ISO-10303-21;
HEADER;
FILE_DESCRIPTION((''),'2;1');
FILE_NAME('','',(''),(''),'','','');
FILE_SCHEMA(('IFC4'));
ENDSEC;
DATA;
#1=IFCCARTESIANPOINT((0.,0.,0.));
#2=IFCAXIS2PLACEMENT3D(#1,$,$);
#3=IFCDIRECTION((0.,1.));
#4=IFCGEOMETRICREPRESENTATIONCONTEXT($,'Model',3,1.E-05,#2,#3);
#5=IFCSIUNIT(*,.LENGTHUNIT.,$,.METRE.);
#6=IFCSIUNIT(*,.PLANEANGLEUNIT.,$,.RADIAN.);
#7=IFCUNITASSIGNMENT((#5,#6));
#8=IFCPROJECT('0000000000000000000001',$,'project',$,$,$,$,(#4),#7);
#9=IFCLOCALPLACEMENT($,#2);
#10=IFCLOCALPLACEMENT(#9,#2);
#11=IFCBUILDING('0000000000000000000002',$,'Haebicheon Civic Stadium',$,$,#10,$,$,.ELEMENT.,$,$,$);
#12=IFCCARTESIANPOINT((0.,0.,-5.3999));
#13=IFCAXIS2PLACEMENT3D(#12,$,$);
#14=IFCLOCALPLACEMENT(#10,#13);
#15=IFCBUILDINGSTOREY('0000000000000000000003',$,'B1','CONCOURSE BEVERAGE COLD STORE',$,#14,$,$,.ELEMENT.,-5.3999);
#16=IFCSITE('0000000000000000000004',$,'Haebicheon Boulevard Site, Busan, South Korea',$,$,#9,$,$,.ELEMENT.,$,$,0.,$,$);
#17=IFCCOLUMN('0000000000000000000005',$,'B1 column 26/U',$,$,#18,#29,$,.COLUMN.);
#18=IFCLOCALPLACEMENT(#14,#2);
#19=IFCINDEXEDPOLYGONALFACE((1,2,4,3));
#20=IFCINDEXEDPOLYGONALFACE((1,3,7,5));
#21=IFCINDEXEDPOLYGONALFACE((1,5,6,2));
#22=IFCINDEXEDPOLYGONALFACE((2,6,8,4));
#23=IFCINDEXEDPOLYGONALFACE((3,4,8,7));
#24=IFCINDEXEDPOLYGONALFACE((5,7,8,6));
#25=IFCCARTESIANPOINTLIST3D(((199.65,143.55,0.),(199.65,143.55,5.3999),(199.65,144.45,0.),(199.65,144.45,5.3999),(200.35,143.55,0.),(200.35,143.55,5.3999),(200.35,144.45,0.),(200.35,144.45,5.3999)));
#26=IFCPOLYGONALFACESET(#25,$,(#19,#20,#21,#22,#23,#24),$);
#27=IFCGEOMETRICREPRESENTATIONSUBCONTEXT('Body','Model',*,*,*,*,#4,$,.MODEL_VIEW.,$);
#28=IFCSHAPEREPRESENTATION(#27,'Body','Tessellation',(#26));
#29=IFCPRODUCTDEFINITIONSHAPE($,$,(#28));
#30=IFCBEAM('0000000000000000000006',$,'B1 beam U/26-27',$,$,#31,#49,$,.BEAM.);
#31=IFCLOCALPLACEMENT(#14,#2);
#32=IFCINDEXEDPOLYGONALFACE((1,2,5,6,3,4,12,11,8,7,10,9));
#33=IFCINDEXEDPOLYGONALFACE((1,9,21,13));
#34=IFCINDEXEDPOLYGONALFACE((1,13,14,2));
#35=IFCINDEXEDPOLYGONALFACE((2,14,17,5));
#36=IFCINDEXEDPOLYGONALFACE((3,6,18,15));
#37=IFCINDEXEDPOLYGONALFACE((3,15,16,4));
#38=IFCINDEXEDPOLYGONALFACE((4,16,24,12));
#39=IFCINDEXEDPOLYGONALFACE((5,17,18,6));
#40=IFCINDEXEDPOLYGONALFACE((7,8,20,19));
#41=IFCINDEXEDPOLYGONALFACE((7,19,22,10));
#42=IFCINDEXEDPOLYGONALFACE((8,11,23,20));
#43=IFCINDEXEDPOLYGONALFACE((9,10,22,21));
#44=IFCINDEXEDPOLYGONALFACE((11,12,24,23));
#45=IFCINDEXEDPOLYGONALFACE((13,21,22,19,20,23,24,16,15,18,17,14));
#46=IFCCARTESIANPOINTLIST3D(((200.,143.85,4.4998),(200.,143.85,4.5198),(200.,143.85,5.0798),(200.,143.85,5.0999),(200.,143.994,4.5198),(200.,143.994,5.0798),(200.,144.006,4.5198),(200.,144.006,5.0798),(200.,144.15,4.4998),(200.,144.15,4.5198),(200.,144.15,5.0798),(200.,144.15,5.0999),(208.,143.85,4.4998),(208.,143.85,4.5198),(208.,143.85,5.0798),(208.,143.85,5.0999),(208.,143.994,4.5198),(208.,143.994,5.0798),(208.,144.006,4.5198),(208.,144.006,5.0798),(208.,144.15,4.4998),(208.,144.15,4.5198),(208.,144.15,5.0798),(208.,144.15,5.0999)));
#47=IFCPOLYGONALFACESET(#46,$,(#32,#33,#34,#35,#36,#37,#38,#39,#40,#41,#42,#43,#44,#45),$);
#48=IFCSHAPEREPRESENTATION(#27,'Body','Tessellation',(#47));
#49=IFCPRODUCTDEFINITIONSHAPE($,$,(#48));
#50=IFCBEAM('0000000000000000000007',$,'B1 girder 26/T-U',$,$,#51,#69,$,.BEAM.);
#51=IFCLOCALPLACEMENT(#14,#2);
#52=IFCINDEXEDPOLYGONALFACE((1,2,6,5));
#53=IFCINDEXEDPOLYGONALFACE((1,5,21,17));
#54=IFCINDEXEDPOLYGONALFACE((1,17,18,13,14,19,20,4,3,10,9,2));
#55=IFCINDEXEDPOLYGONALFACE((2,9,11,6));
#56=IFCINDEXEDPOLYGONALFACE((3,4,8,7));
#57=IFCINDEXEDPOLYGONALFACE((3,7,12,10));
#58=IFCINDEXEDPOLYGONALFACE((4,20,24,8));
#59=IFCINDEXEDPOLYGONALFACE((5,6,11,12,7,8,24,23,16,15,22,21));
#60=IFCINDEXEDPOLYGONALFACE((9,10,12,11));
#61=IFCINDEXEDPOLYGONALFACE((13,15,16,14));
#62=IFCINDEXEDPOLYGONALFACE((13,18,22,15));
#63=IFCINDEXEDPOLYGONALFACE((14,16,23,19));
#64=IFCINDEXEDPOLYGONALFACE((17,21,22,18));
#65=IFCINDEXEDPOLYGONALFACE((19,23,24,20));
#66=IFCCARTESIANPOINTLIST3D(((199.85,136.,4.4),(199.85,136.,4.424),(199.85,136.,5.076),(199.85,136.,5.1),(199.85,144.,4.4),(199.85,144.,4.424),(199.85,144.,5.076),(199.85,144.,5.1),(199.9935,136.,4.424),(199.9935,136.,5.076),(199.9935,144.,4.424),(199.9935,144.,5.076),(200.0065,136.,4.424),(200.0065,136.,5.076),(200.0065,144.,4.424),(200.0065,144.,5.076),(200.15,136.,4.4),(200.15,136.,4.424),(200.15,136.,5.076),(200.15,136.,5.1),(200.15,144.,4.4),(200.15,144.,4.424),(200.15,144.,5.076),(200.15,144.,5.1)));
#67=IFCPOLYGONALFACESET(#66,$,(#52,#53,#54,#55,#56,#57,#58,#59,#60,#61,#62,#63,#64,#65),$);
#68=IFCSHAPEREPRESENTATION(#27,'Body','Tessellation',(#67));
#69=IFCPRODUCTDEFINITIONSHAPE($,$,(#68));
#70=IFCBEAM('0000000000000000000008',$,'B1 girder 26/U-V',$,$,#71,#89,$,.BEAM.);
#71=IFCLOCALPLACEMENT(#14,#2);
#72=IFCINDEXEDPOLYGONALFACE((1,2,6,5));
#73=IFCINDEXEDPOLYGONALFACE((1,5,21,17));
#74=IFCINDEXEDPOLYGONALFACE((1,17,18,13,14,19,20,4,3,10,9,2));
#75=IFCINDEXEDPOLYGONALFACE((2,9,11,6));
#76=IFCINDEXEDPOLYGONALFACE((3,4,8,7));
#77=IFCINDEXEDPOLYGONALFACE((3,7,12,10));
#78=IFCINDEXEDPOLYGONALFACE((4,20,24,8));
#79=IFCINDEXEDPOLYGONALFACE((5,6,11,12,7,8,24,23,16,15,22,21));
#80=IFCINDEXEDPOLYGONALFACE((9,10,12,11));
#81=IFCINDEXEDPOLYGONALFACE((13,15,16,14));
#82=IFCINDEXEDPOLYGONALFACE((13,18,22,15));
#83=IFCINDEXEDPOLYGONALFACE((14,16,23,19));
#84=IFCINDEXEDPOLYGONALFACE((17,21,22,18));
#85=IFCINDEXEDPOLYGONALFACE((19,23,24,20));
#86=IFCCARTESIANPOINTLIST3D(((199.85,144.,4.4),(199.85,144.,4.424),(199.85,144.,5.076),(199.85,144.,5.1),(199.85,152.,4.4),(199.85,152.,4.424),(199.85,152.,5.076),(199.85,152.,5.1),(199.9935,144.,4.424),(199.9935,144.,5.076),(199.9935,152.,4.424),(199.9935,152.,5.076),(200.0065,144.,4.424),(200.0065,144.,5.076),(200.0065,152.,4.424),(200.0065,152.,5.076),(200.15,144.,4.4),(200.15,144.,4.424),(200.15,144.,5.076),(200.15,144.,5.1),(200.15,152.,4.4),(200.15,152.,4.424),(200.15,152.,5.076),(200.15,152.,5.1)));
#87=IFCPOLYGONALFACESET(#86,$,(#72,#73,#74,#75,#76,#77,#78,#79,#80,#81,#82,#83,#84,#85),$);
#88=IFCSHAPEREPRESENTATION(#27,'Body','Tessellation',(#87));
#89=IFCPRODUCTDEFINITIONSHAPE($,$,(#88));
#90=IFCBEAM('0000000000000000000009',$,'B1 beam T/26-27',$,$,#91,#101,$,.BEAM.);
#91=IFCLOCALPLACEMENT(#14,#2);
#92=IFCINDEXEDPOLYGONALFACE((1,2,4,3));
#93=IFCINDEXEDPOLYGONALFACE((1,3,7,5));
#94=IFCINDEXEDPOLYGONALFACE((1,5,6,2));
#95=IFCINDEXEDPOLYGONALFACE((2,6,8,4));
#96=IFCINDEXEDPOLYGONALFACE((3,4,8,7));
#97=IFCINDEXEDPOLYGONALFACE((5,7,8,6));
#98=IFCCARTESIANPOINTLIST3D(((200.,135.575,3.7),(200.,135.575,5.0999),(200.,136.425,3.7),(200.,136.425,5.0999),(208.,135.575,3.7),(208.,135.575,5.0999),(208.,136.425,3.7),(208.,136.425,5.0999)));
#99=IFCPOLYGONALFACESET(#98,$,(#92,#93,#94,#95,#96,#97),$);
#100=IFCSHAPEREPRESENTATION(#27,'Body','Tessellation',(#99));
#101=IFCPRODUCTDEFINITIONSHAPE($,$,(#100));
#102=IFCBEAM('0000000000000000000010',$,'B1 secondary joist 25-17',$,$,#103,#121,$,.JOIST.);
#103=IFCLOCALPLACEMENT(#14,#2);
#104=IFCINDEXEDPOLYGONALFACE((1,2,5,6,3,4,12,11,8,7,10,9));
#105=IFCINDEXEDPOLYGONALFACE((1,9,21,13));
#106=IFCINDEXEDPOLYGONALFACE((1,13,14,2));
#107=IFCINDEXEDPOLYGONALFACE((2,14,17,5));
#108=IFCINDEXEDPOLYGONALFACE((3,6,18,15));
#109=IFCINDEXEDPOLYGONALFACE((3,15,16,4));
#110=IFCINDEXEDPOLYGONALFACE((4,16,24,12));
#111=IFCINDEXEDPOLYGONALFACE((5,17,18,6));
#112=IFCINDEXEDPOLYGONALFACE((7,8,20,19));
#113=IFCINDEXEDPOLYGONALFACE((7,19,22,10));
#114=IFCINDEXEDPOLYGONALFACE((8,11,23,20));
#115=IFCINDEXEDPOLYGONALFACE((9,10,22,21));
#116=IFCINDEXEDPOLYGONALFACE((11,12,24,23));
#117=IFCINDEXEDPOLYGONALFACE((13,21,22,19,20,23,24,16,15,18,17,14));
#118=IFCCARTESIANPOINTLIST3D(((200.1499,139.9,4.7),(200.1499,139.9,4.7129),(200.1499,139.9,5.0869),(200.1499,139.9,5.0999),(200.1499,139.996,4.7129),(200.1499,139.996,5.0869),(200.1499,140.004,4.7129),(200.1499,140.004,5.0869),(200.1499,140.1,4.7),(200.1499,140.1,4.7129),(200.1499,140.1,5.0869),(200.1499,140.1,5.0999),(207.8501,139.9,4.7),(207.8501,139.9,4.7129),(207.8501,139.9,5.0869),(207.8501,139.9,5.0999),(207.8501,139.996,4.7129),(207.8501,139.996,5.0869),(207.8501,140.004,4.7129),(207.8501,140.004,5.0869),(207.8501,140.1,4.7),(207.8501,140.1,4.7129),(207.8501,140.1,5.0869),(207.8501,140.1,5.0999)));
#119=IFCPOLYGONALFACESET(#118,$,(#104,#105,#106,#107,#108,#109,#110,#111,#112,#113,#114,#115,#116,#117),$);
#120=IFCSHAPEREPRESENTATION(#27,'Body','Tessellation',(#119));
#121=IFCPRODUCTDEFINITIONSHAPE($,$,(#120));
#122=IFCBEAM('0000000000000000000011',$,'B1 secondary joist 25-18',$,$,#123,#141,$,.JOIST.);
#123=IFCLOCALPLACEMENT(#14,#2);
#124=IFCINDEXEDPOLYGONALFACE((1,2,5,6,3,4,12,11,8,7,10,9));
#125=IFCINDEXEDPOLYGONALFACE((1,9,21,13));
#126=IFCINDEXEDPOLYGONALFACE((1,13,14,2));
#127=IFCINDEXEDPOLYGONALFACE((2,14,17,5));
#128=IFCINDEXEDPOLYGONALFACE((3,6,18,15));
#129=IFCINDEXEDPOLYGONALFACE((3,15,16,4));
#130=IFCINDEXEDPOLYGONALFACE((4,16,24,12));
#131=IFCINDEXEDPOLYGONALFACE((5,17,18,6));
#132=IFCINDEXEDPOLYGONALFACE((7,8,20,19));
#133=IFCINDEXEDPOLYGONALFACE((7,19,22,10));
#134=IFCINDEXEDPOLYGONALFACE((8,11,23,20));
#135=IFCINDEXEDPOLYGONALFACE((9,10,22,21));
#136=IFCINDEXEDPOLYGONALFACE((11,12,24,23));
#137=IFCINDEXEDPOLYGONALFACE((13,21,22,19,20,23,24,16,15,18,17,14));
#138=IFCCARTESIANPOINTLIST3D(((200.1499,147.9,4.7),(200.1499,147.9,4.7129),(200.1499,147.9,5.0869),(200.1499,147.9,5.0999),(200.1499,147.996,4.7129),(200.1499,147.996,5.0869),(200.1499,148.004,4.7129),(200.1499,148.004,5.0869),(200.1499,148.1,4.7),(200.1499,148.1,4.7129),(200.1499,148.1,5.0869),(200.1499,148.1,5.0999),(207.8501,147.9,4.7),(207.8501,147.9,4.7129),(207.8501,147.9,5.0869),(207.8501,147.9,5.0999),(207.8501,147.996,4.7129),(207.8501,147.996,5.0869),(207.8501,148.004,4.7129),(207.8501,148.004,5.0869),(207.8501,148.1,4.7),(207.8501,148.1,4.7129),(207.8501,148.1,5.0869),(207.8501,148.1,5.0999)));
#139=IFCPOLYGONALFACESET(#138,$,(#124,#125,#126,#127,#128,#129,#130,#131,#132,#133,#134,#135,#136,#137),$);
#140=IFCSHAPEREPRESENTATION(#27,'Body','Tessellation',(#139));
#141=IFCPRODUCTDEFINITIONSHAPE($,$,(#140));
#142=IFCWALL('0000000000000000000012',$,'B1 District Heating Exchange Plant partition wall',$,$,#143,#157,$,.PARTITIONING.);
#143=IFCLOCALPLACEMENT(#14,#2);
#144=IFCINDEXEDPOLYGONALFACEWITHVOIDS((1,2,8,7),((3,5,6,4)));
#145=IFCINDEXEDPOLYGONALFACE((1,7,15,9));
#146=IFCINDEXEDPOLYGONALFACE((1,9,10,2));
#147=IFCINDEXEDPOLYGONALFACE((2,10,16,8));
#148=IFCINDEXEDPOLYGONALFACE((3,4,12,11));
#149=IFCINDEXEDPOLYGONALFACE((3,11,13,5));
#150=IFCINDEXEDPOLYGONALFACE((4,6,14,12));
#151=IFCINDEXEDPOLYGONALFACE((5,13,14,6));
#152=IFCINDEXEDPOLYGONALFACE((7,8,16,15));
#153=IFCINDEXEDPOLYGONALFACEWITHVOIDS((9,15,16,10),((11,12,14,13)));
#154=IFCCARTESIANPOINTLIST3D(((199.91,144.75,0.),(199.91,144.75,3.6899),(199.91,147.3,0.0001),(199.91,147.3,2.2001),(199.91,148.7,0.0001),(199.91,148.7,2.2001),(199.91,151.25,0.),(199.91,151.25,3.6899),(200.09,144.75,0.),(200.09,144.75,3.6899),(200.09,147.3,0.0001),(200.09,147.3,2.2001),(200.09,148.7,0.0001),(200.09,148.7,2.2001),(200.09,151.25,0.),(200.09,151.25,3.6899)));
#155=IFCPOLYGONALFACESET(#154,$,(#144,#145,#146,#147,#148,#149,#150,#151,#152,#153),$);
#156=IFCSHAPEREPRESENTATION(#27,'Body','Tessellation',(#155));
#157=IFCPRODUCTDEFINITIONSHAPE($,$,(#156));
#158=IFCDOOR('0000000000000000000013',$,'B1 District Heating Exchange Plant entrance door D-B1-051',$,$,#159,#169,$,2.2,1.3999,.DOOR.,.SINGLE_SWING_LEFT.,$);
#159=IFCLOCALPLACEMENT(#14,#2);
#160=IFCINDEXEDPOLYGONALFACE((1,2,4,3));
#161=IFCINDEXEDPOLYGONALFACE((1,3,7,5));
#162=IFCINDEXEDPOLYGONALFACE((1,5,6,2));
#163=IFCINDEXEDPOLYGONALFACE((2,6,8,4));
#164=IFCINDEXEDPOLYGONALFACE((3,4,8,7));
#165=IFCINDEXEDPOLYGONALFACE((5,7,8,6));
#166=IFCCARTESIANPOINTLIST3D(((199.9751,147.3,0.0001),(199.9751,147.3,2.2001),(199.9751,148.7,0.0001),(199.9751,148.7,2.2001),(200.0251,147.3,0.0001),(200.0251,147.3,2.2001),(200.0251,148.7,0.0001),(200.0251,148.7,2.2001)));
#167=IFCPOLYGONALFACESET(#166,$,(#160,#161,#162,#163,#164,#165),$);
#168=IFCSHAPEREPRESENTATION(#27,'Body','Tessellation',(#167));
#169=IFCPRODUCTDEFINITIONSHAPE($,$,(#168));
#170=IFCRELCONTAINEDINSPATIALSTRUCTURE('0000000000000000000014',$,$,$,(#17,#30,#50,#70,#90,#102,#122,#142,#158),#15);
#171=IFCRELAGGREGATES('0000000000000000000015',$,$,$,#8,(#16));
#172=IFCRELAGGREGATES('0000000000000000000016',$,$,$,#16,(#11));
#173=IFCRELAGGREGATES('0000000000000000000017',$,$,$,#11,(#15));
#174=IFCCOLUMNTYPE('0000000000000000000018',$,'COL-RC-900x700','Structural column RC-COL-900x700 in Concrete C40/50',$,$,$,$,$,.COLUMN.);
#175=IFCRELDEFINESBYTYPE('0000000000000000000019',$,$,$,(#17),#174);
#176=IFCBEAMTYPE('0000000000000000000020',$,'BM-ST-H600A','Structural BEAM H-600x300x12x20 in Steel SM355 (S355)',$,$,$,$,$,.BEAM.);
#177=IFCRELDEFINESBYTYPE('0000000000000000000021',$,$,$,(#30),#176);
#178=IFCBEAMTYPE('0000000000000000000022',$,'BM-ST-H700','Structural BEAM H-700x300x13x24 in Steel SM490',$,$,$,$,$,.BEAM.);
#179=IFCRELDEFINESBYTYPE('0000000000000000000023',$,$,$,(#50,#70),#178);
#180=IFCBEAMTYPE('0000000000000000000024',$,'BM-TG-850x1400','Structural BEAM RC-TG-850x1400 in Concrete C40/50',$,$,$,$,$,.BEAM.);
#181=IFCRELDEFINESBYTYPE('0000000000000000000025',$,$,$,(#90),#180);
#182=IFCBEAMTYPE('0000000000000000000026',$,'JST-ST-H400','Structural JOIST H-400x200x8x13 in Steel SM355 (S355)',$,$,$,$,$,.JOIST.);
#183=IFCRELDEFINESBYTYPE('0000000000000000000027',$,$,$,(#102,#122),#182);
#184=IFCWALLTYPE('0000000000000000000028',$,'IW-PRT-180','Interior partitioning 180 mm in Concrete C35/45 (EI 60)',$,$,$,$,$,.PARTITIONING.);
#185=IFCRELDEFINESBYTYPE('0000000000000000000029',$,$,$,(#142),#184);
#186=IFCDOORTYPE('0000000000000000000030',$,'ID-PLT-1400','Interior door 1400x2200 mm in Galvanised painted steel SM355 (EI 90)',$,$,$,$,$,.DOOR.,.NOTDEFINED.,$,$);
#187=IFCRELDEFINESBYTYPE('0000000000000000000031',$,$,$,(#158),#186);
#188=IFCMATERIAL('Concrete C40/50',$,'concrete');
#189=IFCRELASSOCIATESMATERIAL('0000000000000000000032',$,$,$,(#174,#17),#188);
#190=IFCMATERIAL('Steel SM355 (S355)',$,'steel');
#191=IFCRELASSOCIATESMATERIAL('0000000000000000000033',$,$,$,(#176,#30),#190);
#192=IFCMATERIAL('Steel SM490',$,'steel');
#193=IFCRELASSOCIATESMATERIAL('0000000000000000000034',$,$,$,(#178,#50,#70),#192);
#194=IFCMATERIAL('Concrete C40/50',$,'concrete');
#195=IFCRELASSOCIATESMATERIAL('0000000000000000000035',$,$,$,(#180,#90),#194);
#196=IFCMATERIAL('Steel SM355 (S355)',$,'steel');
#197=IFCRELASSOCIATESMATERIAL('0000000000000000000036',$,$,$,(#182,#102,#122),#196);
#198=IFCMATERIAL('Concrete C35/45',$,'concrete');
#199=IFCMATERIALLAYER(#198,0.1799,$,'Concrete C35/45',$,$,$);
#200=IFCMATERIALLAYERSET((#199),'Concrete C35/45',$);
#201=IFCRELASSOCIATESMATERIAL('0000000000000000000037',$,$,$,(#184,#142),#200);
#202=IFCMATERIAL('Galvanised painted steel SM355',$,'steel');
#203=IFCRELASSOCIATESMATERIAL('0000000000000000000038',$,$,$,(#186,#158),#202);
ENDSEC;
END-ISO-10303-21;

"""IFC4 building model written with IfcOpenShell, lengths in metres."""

from ifc_helpers import new_model, si_unit, direction, frame, frame_2d, origin, origin_2d, place, context, subcontext, project, spatial, rectangle, i_section, extrude, material, layer, layer_set, material_profile, profile_set, type_object, element, fill, save


model = new_model("IFC4")

# Units and contexts
model_context = context("Model", 3, precision=1e-05, world=origin(), true_north=direction((0.0, 1.0)))
body_context = subcontext(model_context, "Body", "Model", "MODEL_VIEW")
ifc_project = project(units=[si_unit("LENGTHUNIT", "METRE"), si_unit("PLANEANGLEUNIT", "RADIAN")], contexts=[model_context])

# Site, building, storey
site_placement = place(None, origin())
site = spatial("IfcSite", under=ifc_project, at=site_placement, Name="Haebicheon Boulevard Site, Busan, South Korea", CompositionType="ELEMENT", RefElevation=0.0)
building_placement = place(site_placement, origin())
building = spatial("IfcBuilding", under=site, at=building_placement, Name="Haebicheon Civic Stadium", CompositionType="ELEMENT")
storey_placement = place(building_placement, frame((0.0, 0.0, -5.3999)))
storey = spatial("IfcBuildingStorey", under=building, at=storey_placement, Name="B1", Description="CONCOURSE BEVERAGE COLD STORE", CompositionType="ELEMENT", Elevation=-5.3999)

# Column
ifc_material_1 = material(Name="Concrete C40/50", Category="concrete")
ifc_material_profile_1 = material_profile(ifc_material_1, rectangle(XDim=0.7, YDim=0.8999, at=origin_2d()), Name="RC-COL-900x700")
ifc_profile_set_1 = profile_set([ifc_material_profile_1], Name="Concrete C40/50")
column_type = type_object("IfcColumnType", Name="COL-RC-900x700", Description="Structural column RC-COL-900x700 in Concrete C40/50", PredefinedType="COLUMN", material=ifc_profile_set_1)
for number, where, z_axis, x_axis, name in (
    (1, (200.0, 144.0, 0.0), (0.0, 0.0, 1.0), (1.0, 0.0, 0.0), "B1 column 26/U"),
):
    element("IfcColumn", number, at=place(storey_placement, frame(where, z_axis=z_axis, x_axis=x_axis)), inside=storey, type_object=column_type, material=ifc_profile_set_1, Name=name, PredefinedType="COLUMN", context=body_context, shape_type="SweptSolid", body=[
        extrude(rectangle(XDim=0.7, YDim=0.8999, at=origin_2d()), origin(), (0.0, 0.0, 1.0), 5.3999),
    ])

# Beams
ifc_material_2 = material(Name="Steel SM355 (S355)", Category="steel")
ifc_material_profile_2 = material_profile(ifc_material_2, i_section(OverallWidth=0.3, OverallDepth=0.6001, WebThickness=0.012, FlangeThickness=0.02, at=origin_2d()), Name="H-600x300x12x20")
ifc_profile_set_2 = profile_set([ifc_material_profile_2], Name="Steel SM355 (S355)")
beam_type_1 = type_object("IfcBeamType", Name="BM-ST-H600A", Description="Structural BEAM H-600x300x12x20 in Steel SM355 (S355)", PredefinedType="BEAM", material=ifc_profile_set_2)
beam_1_placement = place(storey_placement, frame((200.0, 144.0, 4.7998), z_axis=(1.0, 0.0, 0.0), x_axis=(0.0, 1.0, 0.0)))
element("IfcBeam", 2, at=beam_1_placement, inside=storey, type_object=beam_type_1, material=ifc_profile_set_2, Name="B1 beam U/26-27", PredefinedType="BEAM", context=body_context, shape_type="SweptSolid", body=[
    extrude(i_section(OverallWidth=0.3, OverallDepth=0.6001, WebThickness=0.012, FlangeThickness=0.02, at=origin_2d()), origin(), (0.0, 0.0, 1.0), 8.0),
])
ifc_material_3 = material(Name="Steel SM490", Category="steel")
ifc_material_profile_3 = material_profile(ifc_material_3, i_section(OverallWidth=0.3, OverallDepth=0.7, WebThickness=0.0129, FlangeThickness=0.0239, at=origin_2d()), Name="H-700x300x13x24")
ifc_profile_set_3 = profile_set([ifc_material_profile_3], Name="Steel SM490")
beam_type_2 = type_object("IfcBeamType", Name="BM-ST-H700", Description="Structural BEAM H-700x300x13x24 in Steel SM490", PredefinedType="BEAM", material=ifc_profile_set_3)
for number, where, z_axis, x_axis, name in (
    (3, (200.0, 136.0, 4.75), (0.0, 1.0, 0.0), (-1.0, 0.0, 0.0), "B1 girder 26/T-U"),
    (4, (200.0, 144.0, 4.75), (0.0, 1.0, 0.0), (-1.0, 0.0, 0.0), "B1 girder 26/U-V"),
):
    element("IfcBeam", number, at=place(storey_placement, frame(where, z_axis=z_axis, x_axis=x_axis)), inside=storey, type_object=beam_type_2, material=ifc_profile_set_3, Name=name, PredefinedType="BEAM", context=body_context, shape_type="SweptSolid", body=[
        extrude(i_section(OverallWidth=0.3, OverallDepth=0.7, WebThickness=0.0129, FlangeThickness=0.0239, at=origin_2d()), origin(), (0.0, 0.0, 1.0), 8.0),
    ])
ifc_material_4 = material(Name="Concrete C40/50", Category="concrete")
ifc_material_profile_4 = material_profile(ifc_material_4, rectangle(XDim=0.8501, YDim=1.3999, at=origin_2d()), Name="RC-TG-850x1400")
ifc_profile_set_4 = profile_set([ifc_material_profile_4], Name="Concrete C40/50")
beam_type_3 = type_object("IfcBeamType", Name="BM-TG-850x1400", Description="Structural BEAM RC-TG-850x1400 in Concrete C40/50", PredefinedType="BEAM", material=ifc_profile_set_4)
beam_2_placement = place(storey_placement, frame((200.0, 136.0, 4.3999), z_axis=(1.0, 0.0, 0.0), x_axis=(0.0, 1.0, 0.0)))
element("IfcBeam", 5, at=beam_2_placement, inside=storey, type_object=beam_type_3, material=ifc_profile_set_4, Name="B1 beam T/26-27", PredefinedType="BEAM", context=body_context, shape_type="SweptSolid", body=[
    extrude(rectangle(XDim=0.8501, YDim=1.3999, at=origin_2d()), origin(), (0.0, 0.0, 1.0), 8.0),
])
ifc_material_5 = material(Name="Steel SM355 (S355)", Category="steel")
ifc_material_profile_5 = material_profile(ifc_material_5, i_section(OverallWidth=0.2, OverallDepth=0.3999, WebThickness=0.0081, FlangeThickness=0.0129, at=origin_2d()), Name="H-400x200x8x13")
ifc_profile_set_5 = profile_set([ifc_material_profile_5], Name="Steel SM355 (S355)")
beam_type_4 = type_object("IfcBeamType", Name="JST-ST-H400", Description="Structural JOIST H-400x200x8x13 in Steel SM355 (S355)", PredefinedType="JOIST", material=ifc_profile_set_5)
for number, where, z_axis, x_axis, name in (
    (6, (200.1499, 140.0, 4.8999), (1.0, 0.0, 0.0), (0.0, 1.0, 0.0), "B1 secondary joist 25-17"),
    (7, (200.1499, 148.0, 4.8999), (1.0, 0.0, 0.0), (0.0, 1.0, 0.0), "B1 secondary joist 25-18"),
):
    element("IfcBeam", number, at=place(storey_placement, frame(where, z_axis=z_axis, x_axis=x_axis)), inside=storey, type_object=beam_type_4, material=ifc_profile_set_5, Name=name, PredefinedType="JOIST", context=body_context, shape_type="SweptSolid", body=[
        extrude(i_section(OverallWidth=0.2, OverallDepth=0.3999, WebThickness=0.0081, FlangeThickness=0.0129, at=origin_2d()), origin(), (0.0, 0.0, 1.0), 7.7002),
    ])

# Wall, opening, door
ifc_material_6 = material(Name="Concrete C35/45", Category="concrete")
ifc_layer_1 = layer(ifc_material_6, 0.1799, Name="Concrete C35/45")
ifc_layer_set_1 = layer_set([ifc_layer_1], Name="Concrete C35/45")
wall_type = type_object("IfcWallType", Name="IW-PRT-180", Description="Interior partitioning 180 mm in Concrete C35/45 (EI 60)", PredefinedType="PARTITIONING", material=ifc_layer_set_1)
wall_placement = place(storey_placement, frame((200.0, 144.75, 0.0), z_axis=(0.0, 0.0, 1.0), x_axis=(0.0, 1.0, 0.0)))
wall = element("IfcWall", 8, at=wall_placement, inside=storey, type_object=wall_type, material=ifc_layer_set_1, Name="B1 District Heating Exchange Plant partition wall", PredefinedType="PARTITIONING", context=body_context, shape_type="SweptSolid", body=[
    extrude(rectangle(XDim=6.5, YDim=0.1799, at=frame_2d((3.25, 0.0))), origin(), (0.0, 0.0, 1.0), 3.6899),
])
opening_placement = place(wall_placement, frame((2.55, 0.0, 0.0)))
opening = element("IfcOpeningElement", 9, at=opening_placement, cuts=wall, PredefinedType="OPENING", context=body_context, shape_type="SweptSolid", body=[
    extrude(rectangle(XDim=1.3999, YDim=2.2, at=frame_2d((0.7, 1.1001))), frame((0.0, 0.0999, 0.0), z_axis=(0.0, -1.0, 0.0), x_axis=(1.0, 0.0, 0.0)), (0.0, 0.0, 1.0), 0.2),
])
ifc_material_7 = material(Name="Galvanised painted steel SM355", Category="steel")
door_type = type_object("IfcDoorType", Name="ID-PLT-1400", Description="Interior door 1400x2200 mm in Galvanised painted steel SM355 (EI 90)", OperationType="NOTDEFINED", PredefinedType="DOOR", material=ifc_material_7)
door_placement = place(opening_placement, origin())
door = element("IfcDoor", 10, at=door_placement, inside=storey, type_object=door_type, material=ifc_material_7, Name="B1 District Heating Exchange Plant entrance door D-B1-051", OperationType="SINGLE_SWING_LEFT", OverallHeight=2.2, OverallWidth=1.3999, PredefinedType="DOOR", context=body_context, shape_type="SweptSolid", body=[
    extrude(rectangle(XDim=1.3999, YDim=2.2, at=frame_2d((0.7, 1.1001))), frame((0.0, 0.0249, 0.0), z_axis=(0.0, -1.0, 0.0), x_axis=(1.0, 0.0, 0.0)), (0.0, 0.0, 1.0), 0.05),
])
fill(opening, door)

save(model, "model.ifc")
